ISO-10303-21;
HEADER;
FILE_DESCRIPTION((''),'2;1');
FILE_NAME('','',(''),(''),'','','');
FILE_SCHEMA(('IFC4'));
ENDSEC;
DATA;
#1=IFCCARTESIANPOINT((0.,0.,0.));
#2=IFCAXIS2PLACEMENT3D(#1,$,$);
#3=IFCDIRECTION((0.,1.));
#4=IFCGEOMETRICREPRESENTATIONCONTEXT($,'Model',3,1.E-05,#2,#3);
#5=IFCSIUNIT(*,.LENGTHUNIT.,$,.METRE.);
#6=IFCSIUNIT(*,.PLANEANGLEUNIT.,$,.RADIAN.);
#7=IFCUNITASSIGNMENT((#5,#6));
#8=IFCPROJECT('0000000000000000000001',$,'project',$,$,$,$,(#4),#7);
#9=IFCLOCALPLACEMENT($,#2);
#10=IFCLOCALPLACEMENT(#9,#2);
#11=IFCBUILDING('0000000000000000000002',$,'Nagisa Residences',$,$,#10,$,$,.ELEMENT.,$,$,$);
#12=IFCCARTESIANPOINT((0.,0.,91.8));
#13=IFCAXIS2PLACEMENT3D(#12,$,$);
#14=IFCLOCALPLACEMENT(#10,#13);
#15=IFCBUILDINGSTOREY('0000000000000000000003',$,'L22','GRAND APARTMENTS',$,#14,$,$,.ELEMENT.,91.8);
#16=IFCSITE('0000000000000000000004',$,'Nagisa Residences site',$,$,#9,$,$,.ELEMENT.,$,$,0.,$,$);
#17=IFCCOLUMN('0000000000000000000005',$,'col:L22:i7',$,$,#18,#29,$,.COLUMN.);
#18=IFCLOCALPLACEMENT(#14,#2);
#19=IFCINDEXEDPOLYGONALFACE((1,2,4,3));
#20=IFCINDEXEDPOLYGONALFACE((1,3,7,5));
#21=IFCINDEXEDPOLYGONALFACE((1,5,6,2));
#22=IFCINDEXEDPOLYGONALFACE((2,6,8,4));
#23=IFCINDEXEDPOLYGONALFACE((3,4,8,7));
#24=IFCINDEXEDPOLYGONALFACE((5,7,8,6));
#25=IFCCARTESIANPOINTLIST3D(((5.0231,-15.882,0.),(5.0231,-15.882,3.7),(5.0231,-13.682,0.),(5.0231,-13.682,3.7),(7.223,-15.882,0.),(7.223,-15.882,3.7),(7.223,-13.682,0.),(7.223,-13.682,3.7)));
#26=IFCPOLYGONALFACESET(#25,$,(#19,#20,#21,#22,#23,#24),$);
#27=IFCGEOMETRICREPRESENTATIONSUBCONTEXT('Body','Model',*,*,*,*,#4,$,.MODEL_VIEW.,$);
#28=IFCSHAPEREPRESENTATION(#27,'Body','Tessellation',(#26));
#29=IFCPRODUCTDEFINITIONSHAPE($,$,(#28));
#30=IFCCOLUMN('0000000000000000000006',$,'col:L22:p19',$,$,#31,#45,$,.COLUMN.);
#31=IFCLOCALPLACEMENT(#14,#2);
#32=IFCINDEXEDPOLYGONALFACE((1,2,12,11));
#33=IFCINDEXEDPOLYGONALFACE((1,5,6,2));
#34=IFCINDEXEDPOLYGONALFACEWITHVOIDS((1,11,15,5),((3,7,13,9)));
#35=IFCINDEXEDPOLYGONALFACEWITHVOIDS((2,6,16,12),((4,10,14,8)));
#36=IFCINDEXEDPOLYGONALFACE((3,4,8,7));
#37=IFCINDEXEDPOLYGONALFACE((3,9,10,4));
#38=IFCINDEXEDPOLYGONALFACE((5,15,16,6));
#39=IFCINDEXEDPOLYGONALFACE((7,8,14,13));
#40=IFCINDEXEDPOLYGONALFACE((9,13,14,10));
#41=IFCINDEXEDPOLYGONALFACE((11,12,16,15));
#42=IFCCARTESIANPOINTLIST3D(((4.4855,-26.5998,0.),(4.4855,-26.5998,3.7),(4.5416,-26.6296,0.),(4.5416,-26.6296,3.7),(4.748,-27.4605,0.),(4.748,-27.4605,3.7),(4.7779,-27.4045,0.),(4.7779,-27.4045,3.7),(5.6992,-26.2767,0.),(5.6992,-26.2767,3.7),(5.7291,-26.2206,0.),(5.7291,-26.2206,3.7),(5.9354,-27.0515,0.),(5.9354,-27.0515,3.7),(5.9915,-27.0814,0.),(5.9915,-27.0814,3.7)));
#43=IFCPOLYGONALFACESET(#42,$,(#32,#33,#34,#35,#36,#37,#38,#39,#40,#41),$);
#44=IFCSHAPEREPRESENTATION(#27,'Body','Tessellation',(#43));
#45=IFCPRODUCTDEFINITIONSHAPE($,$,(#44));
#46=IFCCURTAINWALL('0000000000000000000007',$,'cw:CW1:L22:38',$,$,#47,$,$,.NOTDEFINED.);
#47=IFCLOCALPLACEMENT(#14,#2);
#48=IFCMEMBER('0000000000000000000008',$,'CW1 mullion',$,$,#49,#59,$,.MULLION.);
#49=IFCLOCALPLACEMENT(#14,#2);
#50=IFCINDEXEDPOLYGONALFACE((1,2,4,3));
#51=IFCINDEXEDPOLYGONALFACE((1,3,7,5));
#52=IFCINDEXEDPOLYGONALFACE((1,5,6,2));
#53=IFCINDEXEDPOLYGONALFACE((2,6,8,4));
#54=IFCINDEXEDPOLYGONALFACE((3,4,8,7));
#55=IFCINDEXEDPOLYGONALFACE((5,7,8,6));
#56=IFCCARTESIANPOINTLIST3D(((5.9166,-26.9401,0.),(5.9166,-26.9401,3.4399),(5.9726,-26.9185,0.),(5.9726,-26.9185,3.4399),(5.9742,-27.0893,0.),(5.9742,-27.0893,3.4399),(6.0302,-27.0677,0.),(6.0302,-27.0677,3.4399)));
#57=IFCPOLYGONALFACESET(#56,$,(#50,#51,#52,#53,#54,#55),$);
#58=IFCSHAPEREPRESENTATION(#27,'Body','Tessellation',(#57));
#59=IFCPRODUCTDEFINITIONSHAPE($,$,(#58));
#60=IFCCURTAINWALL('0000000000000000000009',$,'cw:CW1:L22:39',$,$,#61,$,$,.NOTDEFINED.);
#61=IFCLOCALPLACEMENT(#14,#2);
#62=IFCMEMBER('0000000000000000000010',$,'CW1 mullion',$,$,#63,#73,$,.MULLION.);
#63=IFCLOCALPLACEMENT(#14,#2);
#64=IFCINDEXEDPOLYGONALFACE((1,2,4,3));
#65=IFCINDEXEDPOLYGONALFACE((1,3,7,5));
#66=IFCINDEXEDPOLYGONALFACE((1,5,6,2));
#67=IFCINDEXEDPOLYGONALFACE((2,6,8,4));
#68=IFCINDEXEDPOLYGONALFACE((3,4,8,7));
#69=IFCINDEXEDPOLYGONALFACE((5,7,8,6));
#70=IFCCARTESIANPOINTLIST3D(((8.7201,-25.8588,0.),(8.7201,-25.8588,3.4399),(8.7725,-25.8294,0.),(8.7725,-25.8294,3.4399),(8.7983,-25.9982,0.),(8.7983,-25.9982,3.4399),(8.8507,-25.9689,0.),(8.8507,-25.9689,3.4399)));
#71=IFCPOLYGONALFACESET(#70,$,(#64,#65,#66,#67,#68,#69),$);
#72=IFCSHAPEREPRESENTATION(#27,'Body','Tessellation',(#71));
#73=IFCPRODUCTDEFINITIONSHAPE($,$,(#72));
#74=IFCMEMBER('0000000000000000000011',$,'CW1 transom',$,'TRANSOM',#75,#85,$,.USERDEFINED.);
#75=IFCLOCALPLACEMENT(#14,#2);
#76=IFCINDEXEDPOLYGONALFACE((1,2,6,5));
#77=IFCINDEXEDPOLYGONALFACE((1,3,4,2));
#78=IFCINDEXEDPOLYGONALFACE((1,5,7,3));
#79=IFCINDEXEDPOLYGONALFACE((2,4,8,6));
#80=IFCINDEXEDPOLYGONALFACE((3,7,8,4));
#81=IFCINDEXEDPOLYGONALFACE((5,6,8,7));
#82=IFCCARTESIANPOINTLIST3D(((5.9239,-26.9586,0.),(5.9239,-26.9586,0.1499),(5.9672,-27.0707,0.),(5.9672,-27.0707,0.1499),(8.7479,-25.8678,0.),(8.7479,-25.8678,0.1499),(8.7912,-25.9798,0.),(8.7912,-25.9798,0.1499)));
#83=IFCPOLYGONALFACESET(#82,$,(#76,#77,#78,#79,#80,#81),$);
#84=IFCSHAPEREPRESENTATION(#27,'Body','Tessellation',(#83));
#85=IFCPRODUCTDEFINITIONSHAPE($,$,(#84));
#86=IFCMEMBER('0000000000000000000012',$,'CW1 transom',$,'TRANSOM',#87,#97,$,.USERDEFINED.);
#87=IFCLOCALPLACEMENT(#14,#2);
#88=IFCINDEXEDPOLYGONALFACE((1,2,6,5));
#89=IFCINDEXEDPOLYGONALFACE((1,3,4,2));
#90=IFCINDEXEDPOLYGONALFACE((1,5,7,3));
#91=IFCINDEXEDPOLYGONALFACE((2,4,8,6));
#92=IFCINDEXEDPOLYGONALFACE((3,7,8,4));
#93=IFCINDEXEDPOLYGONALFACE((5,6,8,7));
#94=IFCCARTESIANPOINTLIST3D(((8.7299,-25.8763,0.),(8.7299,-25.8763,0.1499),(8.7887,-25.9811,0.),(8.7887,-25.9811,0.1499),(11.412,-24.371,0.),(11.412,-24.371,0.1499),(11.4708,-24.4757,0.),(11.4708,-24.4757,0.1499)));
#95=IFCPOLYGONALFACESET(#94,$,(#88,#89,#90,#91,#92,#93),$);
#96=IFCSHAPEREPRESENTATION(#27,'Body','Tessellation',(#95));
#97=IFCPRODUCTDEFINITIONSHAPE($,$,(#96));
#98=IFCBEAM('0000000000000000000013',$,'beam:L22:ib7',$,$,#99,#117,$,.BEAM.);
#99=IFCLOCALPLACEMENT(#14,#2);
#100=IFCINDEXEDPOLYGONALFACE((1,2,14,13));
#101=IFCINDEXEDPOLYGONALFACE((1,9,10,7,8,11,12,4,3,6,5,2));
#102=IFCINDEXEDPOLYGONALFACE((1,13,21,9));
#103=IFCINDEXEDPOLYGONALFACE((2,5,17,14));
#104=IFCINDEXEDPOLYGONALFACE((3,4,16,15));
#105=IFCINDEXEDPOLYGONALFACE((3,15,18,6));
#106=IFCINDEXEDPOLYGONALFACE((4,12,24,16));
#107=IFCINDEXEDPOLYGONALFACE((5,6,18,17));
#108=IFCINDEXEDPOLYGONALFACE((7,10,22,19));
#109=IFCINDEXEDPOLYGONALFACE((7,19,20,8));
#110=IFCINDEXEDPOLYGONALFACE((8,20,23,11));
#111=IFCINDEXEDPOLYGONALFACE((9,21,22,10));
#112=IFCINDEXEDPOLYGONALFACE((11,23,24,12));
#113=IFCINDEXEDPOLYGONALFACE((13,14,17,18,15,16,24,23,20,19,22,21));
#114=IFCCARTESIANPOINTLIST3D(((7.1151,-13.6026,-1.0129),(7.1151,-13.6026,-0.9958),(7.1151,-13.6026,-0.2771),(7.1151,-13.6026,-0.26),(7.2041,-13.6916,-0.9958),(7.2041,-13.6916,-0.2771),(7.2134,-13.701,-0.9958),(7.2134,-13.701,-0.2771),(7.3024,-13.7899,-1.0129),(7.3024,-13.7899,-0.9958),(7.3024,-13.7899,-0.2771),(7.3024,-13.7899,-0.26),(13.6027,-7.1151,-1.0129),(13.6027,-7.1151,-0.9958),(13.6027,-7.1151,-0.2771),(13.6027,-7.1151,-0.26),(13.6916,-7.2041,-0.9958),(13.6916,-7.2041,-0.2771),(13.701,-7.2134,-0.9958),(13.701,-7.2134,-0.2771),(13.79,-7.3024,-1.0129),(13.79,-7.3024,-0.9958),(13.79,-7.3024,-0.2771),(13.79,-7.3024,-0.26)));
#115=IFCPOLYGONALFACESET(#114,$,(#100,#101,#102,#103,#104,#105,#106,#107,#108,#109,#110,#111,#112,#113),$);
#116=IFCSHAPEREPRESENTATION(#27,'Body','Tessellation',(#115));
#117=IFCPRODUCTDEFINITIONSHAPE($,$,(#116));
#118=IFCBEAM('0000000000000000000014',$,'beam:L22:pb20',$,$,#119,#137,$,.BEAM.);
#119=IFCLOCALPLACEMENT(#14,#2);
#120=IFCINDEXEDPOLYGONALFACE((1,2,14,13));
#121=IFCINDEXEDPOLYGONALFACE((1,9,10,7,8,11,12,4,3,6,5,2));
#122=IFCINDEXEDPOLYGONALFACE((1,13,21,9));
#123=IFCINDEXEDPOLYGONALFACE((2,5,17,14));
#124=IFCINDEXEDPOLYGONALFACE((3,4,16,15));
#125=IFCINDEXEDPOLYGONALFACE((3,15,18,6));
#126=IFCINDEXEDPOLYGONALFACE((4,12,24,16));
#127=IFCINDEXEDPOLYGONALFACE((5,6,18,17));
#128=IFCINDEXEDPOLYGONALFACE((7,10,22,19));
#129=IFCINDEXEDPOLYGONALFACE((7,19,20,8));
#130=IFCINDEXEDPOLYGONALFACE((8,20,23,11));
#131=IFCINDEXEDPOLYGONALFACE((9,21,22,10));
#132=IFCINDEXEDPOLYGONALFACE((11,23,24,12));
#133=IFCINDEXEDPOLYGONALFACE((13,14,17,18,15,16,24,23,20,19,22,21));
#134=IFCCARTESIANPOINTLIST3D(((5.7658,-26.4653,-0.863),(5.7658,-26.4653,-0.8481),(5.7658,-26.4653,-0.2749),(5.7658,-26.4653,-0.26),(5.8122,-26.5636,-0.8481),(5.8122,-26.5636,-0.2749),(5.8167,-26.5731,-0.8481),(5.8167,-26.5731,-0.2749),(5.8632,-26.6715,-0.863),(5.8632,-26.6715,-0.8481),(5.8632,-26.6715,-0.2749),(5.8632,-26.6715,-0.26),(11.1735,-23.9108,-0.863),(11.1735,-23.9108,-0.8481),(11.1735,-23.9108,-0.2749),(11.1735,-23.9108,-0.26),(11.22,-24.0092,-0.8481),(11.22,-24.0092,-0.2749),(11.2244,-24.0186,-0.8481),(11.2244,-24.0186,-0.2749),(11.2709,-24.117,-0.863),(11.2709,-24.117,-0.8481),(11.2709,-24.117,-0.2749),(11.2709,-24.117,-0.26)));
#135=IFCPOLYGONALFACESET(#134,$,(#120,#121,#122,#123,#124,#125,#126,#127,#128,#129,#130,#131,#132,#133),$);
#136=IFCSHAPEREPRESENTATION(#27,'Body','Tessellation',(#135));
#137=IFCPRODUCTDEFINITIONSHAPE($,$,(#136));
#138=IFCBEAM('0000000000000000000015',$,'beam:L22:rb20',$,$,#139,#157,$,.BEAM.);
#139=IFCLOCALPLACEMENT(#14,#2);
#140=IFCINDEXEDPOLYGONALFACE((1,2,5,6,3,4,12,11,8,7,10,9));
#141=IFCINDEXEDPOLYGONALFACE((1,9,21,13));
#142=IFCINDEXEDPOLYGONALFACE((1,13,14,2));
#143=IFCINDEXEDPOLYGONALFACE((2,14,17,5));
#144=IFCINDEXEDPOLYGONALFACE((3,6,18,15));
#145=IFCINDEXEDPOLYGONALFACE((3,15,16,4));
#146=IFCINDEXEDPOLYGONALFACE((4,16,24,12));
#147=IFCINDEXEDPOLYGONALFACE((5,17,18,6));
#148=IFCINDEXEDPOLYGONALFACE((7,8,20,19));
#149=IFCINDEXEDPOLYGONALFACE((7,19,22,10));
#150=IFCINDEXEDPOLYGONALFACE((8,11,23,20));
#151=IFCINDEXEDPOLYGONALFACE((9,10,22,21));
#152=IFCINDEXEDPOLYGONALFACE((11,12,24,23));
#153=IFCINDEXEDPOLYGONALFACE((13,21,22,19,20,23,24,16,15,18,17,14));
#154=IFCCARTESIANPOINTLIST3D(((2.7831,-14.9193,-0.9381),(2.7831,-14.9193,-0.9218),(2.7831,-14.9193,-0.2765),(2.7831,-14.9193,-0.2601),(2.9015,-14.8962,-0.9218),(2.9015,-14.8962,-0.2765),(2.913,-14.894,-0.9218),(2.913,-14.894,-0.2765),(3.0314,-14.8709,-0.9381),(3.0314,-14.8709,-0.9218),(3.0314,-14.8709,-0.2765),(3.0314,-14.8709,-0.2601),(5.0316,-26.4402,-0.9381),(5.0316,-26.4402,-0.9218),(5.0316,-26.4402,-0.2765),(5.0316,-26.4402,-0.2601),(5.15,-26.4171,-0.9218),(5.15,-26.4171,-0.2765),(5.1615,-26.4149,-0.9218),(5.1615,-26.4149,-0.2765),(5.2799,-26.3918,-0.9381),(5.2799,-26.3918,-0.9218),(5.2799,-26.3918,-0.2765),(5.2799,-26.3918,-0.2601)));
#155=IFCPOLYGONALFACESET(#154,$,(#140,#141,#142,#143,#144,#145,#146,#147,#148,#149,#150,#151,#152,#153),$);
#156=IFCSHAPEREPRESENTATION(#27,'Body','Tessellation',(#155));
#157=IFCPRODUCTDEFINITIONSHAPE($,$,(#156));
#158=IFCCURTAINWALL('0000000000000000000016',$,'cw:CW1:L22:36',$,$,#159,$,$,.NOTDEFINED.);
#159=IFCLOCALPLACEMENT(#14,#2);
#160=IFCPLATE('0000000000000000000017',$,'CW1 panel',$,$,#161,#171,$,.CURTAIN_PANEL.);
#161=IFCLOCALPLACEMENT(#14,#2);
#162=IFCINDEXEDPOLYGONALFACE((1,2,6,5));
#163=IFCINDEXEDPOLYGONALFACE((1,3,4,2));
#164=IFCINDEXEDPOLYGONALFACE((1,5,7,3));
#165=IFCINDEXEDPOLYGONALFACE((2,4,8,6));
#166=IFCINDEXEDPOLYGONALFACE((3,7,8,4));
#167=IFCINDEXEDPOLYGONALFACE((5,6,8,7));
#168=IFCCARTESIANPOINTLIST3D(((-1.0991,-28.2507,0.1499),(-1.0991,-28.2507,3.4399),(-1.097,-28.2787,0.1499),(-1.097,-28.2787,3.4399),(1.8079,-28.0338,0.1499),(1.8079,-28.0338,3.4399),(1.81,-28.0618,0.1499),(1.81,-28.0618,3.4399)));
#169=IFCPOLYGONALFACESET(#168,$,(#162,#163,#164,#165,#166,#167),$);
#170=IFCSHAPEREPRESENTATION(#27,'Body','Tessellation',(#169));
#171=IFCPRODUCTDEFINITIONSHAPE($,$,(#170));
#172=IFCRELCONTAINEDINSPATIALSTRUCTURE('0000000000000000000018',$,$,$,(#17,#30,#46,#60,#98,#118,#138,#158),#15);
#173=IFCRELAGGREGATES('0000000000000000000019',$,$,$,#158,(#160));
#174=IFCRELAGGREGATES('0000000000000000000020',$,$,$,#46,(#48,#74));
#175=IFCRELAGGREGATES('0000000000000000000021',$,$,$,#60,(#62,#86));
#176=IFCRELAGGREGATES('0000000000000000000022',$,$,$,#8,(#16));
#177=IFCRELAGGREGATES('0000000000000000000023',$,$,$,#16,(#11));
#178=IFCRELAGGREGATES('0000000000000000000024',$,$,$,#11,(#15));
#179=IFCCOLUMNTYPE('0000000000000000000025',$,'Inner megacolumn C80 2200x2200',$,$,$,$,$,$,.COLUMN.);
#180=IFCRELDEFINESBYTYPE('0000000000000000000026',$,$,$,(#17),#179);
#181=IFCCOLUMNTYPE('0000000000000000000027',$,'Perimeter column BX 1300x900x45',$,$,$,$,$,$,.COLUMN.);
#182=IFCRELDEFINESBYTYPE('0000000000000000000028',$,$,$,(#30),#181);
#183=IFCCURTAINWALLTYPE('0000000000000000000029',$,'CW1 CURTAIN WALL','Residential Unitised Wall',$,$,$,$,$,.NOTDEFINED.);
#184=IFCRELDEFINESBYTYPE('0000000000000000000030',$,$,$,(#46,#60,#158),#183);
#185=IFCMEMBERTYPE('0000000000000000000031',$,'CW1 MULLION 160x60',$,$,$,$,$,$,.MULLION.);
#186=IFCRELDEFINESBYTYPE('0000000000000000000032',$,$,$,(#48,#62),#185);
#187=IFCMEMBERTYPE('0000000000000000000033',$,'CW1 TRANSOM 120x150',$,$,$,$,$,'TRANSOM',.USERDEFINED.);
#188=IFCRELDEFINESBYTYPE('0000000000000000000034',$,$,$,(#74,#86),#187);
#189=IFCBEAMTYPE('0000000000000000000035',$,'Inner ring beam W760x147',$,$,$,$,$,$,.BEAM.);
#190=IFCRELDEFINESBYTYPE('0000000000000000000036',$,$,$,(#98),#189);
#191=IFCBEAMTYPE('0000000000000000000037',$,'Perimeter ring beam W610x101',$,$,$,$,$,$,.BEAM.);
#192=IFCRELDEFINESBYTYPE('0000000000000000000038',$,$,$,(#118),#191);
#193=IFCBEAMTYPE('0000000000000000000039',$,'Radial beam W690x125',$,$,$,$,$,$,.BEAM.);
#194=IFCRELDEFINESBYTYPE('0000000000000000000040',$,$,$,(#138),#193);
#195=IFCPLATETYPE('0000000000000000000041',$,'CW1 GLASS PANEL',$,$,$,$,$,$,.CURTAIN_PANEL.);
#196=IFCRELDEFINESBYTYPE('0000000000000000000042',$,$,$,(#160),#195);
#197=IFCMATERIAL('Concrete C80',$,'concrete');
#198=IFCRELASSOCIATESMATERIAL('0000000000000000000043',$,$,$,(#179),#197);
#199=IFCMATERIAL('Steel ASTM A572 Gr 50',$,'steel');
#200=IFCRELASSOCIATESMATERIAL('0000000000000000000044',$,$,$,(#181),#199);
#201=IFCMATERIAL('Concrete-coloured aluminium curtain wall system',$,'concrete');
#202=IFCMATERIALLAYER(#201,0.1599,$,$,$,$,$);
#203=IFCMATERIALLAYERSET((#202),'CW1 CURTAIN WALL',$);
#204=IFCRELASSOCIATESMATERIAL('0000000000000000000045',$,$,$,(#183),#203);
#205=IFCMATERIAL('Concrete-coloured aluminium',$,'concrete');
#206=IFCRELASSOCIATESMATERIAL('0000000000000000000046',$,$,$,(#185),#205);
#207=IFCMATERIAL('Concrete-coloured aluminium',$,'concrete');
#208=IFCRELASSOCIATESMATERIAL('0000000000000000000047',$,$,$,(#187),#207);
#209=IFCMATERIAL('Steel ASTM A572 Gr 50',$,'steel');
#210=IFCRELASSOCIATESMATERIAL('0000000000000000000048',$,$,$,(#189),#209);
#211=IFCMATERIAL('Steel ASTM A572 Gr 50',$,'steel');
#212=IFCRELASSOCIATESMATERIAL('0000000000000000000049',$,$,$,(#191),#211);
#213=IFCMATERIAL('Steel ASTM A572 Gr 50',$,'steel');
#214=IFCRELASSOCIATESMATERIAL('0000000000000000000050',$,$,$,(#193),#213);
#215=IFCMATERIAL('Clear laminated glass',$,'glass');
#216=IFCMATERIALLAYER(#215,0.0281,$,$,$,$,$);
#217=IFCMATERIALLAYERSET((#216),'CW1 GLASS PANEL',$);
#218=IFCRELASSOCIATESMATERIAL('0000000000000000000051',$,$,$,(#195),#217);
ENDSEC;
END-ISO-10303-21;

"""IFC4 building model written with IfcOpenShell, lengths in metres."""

from ifc_helpers import new_model, si_unit, direction, frame, origin, origin_2d, place, context, subcontext, project, spatial, rectangle, hollow_rectangle, i_section, extrude, material, layer, layer_set, material_profile, profile_set, type_object, element, aggregate, save


model = new_model("IFC4")

# Units and contexts
model_context = context("Model", 3, precision=1e-05, world=origin(), true_north=direction((0.0, 1.0)))
body_context = subcontext(model_context, "Body", "Model", "MODEL_VIEW")
ifc_project = project(units=[si_unit("LENGTHUNIT", "METRE"), si_unit("PLANEANGLEUNIT", "RADIAN")], contexts=[model_context])

# Site, building, storey
site_placement = place(None, origin())
site = spatial("IfcSite", under=ifc_project, at=site_placement, Name="Nagisa Residences site", CompositionType="ELEMENT", RefElevation=0.0)
building_placement = place(site_placement, origin())
building = spatial("IfcBuilding", under=site, at=building_placement, Name="Nagisa Residences", CompositionType="ELEMENT")
storey_placement = place(building_placement, frame((0.0, 0.0, 91.8)))
storey = spatial("IfcBuildingStorey", under=building, at=storey_placement, Name="L22", Description="GRAND APARTMENTS", CompositionType="ELEMENT", Elevation=91.8)

# Columns
ifc_material_1 = material(Name="Concrete C80", Category="concrete")
ifc_material_profile_1 = material_profile(ifc_material_1, rectangle(XDim=2.2, YDim=2.2, at=origin_2d()), Name="C80 2200x2200")
ifc_profile_set_1 = profile_set([ifc_material_profile_1], Name="Concrete C80")
column_type_1 = type_object("IfcColumnType", Name="Inner megacolumn C80 2200x2200", PredefinedType="COLUMN", material=ifc_profile_set_1)
column_1_placement = place(storey_placement, frame((6.123, -14.782, 0.0), z_axis=(0.0, 0.0, 1.0), x_axis=(1.0, 0.0, 0.0)))
element("IfcColumn", 1, at=column_1_placement, inside=storey, type_object=column_type_1, Name="col:L22:i7", PredefinedType="COLUMN", context=body_context, shape_type="SweptSolid", body=[
    extrude(rectangle(XDim=2.2, YDim=2.2, at=origin_2d()), origin(), (0.0, 0.0, 1.0), 3.7),
])
ifc_material_2 = material(Name="Steel ASTM A572 Gr 50", Category="steel")
ifc_material_profile_2 = material_profile(ifc_material_2, hollow_rectangle(XDim=1.3, YDim=0.8999, WallThickness=0.0449, at=origin_2d()), Name="BX 1300x900x45")
ifc_profile_set_2 = profile_set([ifc_material_profile_2], Name="Steel ASTM A572 Gr 50")
column_type_2 = type_object("IfcColumnType", Name="Perimeter column BX 1300x900x45", PredefinedType="COLUMN", material=ifc_profile_set_2)
column_2_placement = place(storey_placement, frame((5.2385, -26.8406, 0.0), z_axis=(0.0, 0.0, 1.0), x_axis=(0.956525, 0.291652, 0.0)))
element("IfcColumn", 2, at=column_2_placement, inside=storey, type_object=column_type_2, Name="col:L22:p19", PredefinedType="COLUMN", context=body_context, shape_type="SweptSolid", body=[
    extrude(hollow_rectangle(XDim=1.3, YDim=0.8999, WallThickness=0.0449, at=origin_2d()), origin(), (0.0, 0.0, 1.0), 3.7),
])

# Curtain walls, members
ifc_material_3 = material(Name="Concrete-coloured aluminium curtain wall system", Category="concrete")
ifc_layer_1 = layer(ifc_material_3, 0.1599)
ifc_layer_set_1 = layer_set([ifc_layer_1], Name="CW1 CURTAIN WALL")
curtain_wall_type = type_object("IfcCurtainWallType", Name="CW1 CURTAIN WALL", Description="Residential Unitised Wall", PredefinedType="NOTDEFINED", material=ifc_layer_set_1)
curtain_wall_1_placement = place(storey_placement, origin())
curtain_wall_1 = element("IfcCurtainWall", 3, at=curtain_wall_1_placement, inside=storey, type_object=curtain_wall_type, Name="cw:CW1:L22:38", PredefinedType="NOTDEFINED")
ifc_material_4 = material(Name="Concrete-coloured aluminium", Category="concrete")
ifc_material_profile_3 = material_profile(ifc_material_4, rectangle(XDim=0.1599, YDim=0.0601, at=origin_2d()), Name="CW1 MULLION 160x60")
ifc_profile_set_3 = profile_set([ifc_material_profile_3], Name="Concrete-coloured aluminium")
member_type_1 = type_object("IfcMemberType", Name="CW1 MULLION 160x60", PredefinedType="MULLION", material=ifc_profile_set_3)
member_1_placement = place(storey_placement, frame((5.9734, -27.0039, 0.0), z_axis=(0.0, 0.0, 1.0), x_axis=(-0.360328, 0.932826, 0.0)))
member_1 = element("IfcMember", 4, at=member_1_placement, type_object=member_type_1, Name="CW1 mullion", PredefinedType="MULLION", context=body_context, shape_type="SweptSolid", body=[
    extrude(rectangle(XDim=0.1599, YDim=0.0601, at=origin_2d()), origin(), (0.0, 0.0, 1.0), 3.4399),
])
curtain_wall_2_placement = place(storey_placement, origin())
curtain_wall_2 = element("IfcCurtainWall", 5, at=curtain_wall_2_placement, inside=storey, type_object=curtain_wall_type, Name="cw:CW1:L22:39", PredefinedType="NOTDEFINED")
member_2_placement = place(storey_placement, frame((8.7854, -25.9138, 0.0), z_axis=(0.0, 0.0, 1.0), x_axis=(-0.489377, 0.872072, 0.0)))
member_2 = element("IfcMember", 6, at=member_2_placement, type_object=member_type_1, Name="CW1 mullion", PredefinedType="MULLION", context=body_context, shape_type="SweptSolid", body=[
    extrude(rectangle(XDim=0.1599, YDim=0.0601, at=origin_2d()), origin(), (0.0, 0.0, 1.0), 3.4399),
])

# Members
ifc_material_5 = material(Name="Concrete-coloured aluminium", Category="concrete")
ifc_material_profile_4 = material_profile(ifc_material_5, rectangle(XDim=0.1201, YDim=0.1499, at=origin_2d()), Name="CW1 TRANSOM 120x150")
ifc_profile_set_4 = profile_set([ifc_material_profile_4], Name="Concrete-coloured aluminium")
member_type_2 = type_object("IfcMemberType", Name="CW1 TRANSOM 120x150", ElementType="TRANSOM", PredefinedType="USERDEFINED", material=ifc_profile_set_4)
member_3_placement = place(storey_placement, frame((5.9456, -27.0146, 0.075), z_axis=(0.932827, 0.360324, 0.0), x_axis=(-0.360324, 0.932827, 0.0)))
member_3 = element("IfcMember", 7, at=member_3_placement, type_object=member_type_2, Name="CW1 transom", ObjectType="TRANSOM", PredefinedType="USERDEFINED", context=body_context, shape_type="SweptSolid", body=[
    extrude(rectangle(XDim=0.1201, YDim=0.1499, at=origin_2d()), origin(), (0.0, 0.0, 1.0), 3.0273),
])
member_4_placement = place(storey_placement, frame((8.7593, -25.9287, 0.075), z_axis=(0.872037, 0.489439, 0.0), x_axis=(-0.489439, 0.872037, 0.0)))
member_4 = element("IfcMember", 8, at=member_4_placement, type_object=member_type_2, Name="CW1 transom", ObjectType="TRANSOM", PredefinedType="USERDEFINED", context=body_context, shape_type="SweptSolid", body=[
    extrude(rectangle(XDim=0.1201, YDim=0.1499, at=origin_2d()), origin(), (0.0, 0.0, 1.0), 3.0757),
])

# Beams
ifc_material_6 = material(Name="Steel ASTM A572 Gr 50", Category="steel")
ifc_material_profile_5 = material_profile(ifc_material_6, i_section(OverallWidth=0.2649, OverallDepth=0.7529, WebThickness=0.0132, FlangeThickness=0.0171, at=origin_2d()), Name="W760x147")
ifc_profile_set_5 = profile_set([ifc_material_profile_5], Name="Steel ASTM A572 Gr 50")
beam_type_1 = type_object("IfcBeamType", Name="Inner ring beam W760x147", PredefinedType="BEAM", material=ifc_profile_set_5)
beam_1_placement = place(storey_placement, frame((7.2087, -13.6963, -0.6365), z_axis=(0.707107, 0.707107, 0.0), x_axis=(-0.707107, 0.707107, 0.0)))
element("IfcBeam", 9, at=beam_1_placement, inside=storey, type_object=beam_type_1, Name="beam:L22:ib7", PredefinedType="BEAM", context=body_context, shape_type="SweptSolid", body=[
    extrude(i_section(OverallWidth=0.2649, OverallDepth=0.7529, WebThickness=0.0132, FlangeThickness=0.0171, at=origin_2d()), origin(), (0.0, 0.0, 1.0), 9.1748),
])
ifc_material_7 = material(Name="Steel ASTM A572 Gr 50", Category="steel")
ifc_material_profile_6 = material_profile(ifc_material_7, i_section(OverallWidth=0.228, OverallDepth=0.603, WebThickness=0.0105, FlangeThickness=0.0149, at=origin_2d()), Name="W610x101")
ifc_profile_set_6 = profile_set([ifc_material_profile_6], Name="Steel ASTM A572 Gr 50")
beam_type_2 = type_object("IfcBeamType", Name="Perimeter ring beam W610x101", PredefinedType="BEAM", material=ifc_profile_set_6)
beam_2_placement = place(storey_placement, frame((5.8145, -26.5684, -0.5615), z_axis=(0.904197, 0.427116, 0.0), x_axis=(-0.427116, 0.904197, 0.0)))
element("IfcBeam", 10, at=beam_2_placement, inside=storey, type_object=beam_type_2, Name="beam:L22:pb20", PredefinedType="BEAM", context=body_context, shape_type="SweptSolid", body=[
    extrude(i_section(OverallWidth=0.228, OverallDepth=0.603, WebThickness=0.0105, FlangeThickness=0.0149, at=origin_2d()), origin(), (0.0, 0.0, 1.0), 5.9807),
])
ifc_material_8 = material(Name="Steel ASTM A572 Gr 50", Category="steel")
ifc_material_profile_7 = material_profile(ifc_material_8, i_section(OverallWidth=0.2529, OverallDepth=0.678, WebThickness=0.0117, FlangeThickness=0.0164, at=origin_2d()), Name="W690x125")
ifc_profile_set_7 = profile_set([ifc_material_profile_7], Name="Steel ASTM A572 Gr 50")
beam_type_3 = type_object("IfcBeamType", Name="Radial beam W690x125", PredefinedType="BEAM", material=ifc_profile_set_7)
beam_3_placement = place(storey_placement, frame((5.1558, -26.416, -0.5991), z_axis=(-0.191554, 0.981482, 0.0), x_axis=(-0.981482, -0.191554, 0.0)))
element("IfcBeam", 11, at=beam_3_placement, inside=storey, type_object=beam_type_3, Name="beam:L22:rb20", PredefinedType="BEAM", context=body_context, shape_type="SweptSolid", body=[
    extrude(i_section(OverallWidth=0.2529, OverallDepth=0.678, WebThickness=0.0117, FlangeThickness=0.0164, at=origin_2d()), origin(), (0.0, 0.0, 1.0), 11.7383),
])

# Curtain wall, plate
curtain_wall_3_placement = place(storey_placement, origin())
curtain_wall_3 = element("IfcCurtainWall", 12, at=curtain_wall_3_placement, inside=storey, type_object=curtain_wall_type, Name="cw:CW1:L22:36", PredefinedType="NOTDEFINED")
ifc_material_9 = material(Name="Clear laminated glass", Category="glass")
ifc_layer_2 = layer(ifc_material_9, 0.0281)
ifc_layer_set_2 = layer_set([ifc_layer_2], Name="CW1 GLASS PANEL")
plate_type = type_object("IfcPlateType", Name="CW1 GLASS PANEL", PredefinedType="CURTAIN_PANEL", material=ifc_layer_set_2)
plate_1_placement = place(storey_placement, frame((0.3555, -28.1562, 0.1499), z_axis=(0.0, 0.0, 1.0), x_axis=(0.99723, 0.074377, 0.0)))
plate_1 = element("IfcPlate", 13, at=plate_1_placement, type_object=plate_type, Name="CW1 panel", PredefinedType="CURTAIN_PANEL", context=body_context, shape_type="SweptSolid", body=[
    extrude(rectangle(XDim=2.915, YDim=0.0281, at=origin_2d()), origin(), (0.0, 0.0, 1.0), 3.29),
])
aggregate(curtain_wall_3, [plate_1])

aggregate(curtain_wall_1, [member_1, member_3])
aggregate(curtain_wall_2, [member_2, member_4])

save(model, "model.ifc")
